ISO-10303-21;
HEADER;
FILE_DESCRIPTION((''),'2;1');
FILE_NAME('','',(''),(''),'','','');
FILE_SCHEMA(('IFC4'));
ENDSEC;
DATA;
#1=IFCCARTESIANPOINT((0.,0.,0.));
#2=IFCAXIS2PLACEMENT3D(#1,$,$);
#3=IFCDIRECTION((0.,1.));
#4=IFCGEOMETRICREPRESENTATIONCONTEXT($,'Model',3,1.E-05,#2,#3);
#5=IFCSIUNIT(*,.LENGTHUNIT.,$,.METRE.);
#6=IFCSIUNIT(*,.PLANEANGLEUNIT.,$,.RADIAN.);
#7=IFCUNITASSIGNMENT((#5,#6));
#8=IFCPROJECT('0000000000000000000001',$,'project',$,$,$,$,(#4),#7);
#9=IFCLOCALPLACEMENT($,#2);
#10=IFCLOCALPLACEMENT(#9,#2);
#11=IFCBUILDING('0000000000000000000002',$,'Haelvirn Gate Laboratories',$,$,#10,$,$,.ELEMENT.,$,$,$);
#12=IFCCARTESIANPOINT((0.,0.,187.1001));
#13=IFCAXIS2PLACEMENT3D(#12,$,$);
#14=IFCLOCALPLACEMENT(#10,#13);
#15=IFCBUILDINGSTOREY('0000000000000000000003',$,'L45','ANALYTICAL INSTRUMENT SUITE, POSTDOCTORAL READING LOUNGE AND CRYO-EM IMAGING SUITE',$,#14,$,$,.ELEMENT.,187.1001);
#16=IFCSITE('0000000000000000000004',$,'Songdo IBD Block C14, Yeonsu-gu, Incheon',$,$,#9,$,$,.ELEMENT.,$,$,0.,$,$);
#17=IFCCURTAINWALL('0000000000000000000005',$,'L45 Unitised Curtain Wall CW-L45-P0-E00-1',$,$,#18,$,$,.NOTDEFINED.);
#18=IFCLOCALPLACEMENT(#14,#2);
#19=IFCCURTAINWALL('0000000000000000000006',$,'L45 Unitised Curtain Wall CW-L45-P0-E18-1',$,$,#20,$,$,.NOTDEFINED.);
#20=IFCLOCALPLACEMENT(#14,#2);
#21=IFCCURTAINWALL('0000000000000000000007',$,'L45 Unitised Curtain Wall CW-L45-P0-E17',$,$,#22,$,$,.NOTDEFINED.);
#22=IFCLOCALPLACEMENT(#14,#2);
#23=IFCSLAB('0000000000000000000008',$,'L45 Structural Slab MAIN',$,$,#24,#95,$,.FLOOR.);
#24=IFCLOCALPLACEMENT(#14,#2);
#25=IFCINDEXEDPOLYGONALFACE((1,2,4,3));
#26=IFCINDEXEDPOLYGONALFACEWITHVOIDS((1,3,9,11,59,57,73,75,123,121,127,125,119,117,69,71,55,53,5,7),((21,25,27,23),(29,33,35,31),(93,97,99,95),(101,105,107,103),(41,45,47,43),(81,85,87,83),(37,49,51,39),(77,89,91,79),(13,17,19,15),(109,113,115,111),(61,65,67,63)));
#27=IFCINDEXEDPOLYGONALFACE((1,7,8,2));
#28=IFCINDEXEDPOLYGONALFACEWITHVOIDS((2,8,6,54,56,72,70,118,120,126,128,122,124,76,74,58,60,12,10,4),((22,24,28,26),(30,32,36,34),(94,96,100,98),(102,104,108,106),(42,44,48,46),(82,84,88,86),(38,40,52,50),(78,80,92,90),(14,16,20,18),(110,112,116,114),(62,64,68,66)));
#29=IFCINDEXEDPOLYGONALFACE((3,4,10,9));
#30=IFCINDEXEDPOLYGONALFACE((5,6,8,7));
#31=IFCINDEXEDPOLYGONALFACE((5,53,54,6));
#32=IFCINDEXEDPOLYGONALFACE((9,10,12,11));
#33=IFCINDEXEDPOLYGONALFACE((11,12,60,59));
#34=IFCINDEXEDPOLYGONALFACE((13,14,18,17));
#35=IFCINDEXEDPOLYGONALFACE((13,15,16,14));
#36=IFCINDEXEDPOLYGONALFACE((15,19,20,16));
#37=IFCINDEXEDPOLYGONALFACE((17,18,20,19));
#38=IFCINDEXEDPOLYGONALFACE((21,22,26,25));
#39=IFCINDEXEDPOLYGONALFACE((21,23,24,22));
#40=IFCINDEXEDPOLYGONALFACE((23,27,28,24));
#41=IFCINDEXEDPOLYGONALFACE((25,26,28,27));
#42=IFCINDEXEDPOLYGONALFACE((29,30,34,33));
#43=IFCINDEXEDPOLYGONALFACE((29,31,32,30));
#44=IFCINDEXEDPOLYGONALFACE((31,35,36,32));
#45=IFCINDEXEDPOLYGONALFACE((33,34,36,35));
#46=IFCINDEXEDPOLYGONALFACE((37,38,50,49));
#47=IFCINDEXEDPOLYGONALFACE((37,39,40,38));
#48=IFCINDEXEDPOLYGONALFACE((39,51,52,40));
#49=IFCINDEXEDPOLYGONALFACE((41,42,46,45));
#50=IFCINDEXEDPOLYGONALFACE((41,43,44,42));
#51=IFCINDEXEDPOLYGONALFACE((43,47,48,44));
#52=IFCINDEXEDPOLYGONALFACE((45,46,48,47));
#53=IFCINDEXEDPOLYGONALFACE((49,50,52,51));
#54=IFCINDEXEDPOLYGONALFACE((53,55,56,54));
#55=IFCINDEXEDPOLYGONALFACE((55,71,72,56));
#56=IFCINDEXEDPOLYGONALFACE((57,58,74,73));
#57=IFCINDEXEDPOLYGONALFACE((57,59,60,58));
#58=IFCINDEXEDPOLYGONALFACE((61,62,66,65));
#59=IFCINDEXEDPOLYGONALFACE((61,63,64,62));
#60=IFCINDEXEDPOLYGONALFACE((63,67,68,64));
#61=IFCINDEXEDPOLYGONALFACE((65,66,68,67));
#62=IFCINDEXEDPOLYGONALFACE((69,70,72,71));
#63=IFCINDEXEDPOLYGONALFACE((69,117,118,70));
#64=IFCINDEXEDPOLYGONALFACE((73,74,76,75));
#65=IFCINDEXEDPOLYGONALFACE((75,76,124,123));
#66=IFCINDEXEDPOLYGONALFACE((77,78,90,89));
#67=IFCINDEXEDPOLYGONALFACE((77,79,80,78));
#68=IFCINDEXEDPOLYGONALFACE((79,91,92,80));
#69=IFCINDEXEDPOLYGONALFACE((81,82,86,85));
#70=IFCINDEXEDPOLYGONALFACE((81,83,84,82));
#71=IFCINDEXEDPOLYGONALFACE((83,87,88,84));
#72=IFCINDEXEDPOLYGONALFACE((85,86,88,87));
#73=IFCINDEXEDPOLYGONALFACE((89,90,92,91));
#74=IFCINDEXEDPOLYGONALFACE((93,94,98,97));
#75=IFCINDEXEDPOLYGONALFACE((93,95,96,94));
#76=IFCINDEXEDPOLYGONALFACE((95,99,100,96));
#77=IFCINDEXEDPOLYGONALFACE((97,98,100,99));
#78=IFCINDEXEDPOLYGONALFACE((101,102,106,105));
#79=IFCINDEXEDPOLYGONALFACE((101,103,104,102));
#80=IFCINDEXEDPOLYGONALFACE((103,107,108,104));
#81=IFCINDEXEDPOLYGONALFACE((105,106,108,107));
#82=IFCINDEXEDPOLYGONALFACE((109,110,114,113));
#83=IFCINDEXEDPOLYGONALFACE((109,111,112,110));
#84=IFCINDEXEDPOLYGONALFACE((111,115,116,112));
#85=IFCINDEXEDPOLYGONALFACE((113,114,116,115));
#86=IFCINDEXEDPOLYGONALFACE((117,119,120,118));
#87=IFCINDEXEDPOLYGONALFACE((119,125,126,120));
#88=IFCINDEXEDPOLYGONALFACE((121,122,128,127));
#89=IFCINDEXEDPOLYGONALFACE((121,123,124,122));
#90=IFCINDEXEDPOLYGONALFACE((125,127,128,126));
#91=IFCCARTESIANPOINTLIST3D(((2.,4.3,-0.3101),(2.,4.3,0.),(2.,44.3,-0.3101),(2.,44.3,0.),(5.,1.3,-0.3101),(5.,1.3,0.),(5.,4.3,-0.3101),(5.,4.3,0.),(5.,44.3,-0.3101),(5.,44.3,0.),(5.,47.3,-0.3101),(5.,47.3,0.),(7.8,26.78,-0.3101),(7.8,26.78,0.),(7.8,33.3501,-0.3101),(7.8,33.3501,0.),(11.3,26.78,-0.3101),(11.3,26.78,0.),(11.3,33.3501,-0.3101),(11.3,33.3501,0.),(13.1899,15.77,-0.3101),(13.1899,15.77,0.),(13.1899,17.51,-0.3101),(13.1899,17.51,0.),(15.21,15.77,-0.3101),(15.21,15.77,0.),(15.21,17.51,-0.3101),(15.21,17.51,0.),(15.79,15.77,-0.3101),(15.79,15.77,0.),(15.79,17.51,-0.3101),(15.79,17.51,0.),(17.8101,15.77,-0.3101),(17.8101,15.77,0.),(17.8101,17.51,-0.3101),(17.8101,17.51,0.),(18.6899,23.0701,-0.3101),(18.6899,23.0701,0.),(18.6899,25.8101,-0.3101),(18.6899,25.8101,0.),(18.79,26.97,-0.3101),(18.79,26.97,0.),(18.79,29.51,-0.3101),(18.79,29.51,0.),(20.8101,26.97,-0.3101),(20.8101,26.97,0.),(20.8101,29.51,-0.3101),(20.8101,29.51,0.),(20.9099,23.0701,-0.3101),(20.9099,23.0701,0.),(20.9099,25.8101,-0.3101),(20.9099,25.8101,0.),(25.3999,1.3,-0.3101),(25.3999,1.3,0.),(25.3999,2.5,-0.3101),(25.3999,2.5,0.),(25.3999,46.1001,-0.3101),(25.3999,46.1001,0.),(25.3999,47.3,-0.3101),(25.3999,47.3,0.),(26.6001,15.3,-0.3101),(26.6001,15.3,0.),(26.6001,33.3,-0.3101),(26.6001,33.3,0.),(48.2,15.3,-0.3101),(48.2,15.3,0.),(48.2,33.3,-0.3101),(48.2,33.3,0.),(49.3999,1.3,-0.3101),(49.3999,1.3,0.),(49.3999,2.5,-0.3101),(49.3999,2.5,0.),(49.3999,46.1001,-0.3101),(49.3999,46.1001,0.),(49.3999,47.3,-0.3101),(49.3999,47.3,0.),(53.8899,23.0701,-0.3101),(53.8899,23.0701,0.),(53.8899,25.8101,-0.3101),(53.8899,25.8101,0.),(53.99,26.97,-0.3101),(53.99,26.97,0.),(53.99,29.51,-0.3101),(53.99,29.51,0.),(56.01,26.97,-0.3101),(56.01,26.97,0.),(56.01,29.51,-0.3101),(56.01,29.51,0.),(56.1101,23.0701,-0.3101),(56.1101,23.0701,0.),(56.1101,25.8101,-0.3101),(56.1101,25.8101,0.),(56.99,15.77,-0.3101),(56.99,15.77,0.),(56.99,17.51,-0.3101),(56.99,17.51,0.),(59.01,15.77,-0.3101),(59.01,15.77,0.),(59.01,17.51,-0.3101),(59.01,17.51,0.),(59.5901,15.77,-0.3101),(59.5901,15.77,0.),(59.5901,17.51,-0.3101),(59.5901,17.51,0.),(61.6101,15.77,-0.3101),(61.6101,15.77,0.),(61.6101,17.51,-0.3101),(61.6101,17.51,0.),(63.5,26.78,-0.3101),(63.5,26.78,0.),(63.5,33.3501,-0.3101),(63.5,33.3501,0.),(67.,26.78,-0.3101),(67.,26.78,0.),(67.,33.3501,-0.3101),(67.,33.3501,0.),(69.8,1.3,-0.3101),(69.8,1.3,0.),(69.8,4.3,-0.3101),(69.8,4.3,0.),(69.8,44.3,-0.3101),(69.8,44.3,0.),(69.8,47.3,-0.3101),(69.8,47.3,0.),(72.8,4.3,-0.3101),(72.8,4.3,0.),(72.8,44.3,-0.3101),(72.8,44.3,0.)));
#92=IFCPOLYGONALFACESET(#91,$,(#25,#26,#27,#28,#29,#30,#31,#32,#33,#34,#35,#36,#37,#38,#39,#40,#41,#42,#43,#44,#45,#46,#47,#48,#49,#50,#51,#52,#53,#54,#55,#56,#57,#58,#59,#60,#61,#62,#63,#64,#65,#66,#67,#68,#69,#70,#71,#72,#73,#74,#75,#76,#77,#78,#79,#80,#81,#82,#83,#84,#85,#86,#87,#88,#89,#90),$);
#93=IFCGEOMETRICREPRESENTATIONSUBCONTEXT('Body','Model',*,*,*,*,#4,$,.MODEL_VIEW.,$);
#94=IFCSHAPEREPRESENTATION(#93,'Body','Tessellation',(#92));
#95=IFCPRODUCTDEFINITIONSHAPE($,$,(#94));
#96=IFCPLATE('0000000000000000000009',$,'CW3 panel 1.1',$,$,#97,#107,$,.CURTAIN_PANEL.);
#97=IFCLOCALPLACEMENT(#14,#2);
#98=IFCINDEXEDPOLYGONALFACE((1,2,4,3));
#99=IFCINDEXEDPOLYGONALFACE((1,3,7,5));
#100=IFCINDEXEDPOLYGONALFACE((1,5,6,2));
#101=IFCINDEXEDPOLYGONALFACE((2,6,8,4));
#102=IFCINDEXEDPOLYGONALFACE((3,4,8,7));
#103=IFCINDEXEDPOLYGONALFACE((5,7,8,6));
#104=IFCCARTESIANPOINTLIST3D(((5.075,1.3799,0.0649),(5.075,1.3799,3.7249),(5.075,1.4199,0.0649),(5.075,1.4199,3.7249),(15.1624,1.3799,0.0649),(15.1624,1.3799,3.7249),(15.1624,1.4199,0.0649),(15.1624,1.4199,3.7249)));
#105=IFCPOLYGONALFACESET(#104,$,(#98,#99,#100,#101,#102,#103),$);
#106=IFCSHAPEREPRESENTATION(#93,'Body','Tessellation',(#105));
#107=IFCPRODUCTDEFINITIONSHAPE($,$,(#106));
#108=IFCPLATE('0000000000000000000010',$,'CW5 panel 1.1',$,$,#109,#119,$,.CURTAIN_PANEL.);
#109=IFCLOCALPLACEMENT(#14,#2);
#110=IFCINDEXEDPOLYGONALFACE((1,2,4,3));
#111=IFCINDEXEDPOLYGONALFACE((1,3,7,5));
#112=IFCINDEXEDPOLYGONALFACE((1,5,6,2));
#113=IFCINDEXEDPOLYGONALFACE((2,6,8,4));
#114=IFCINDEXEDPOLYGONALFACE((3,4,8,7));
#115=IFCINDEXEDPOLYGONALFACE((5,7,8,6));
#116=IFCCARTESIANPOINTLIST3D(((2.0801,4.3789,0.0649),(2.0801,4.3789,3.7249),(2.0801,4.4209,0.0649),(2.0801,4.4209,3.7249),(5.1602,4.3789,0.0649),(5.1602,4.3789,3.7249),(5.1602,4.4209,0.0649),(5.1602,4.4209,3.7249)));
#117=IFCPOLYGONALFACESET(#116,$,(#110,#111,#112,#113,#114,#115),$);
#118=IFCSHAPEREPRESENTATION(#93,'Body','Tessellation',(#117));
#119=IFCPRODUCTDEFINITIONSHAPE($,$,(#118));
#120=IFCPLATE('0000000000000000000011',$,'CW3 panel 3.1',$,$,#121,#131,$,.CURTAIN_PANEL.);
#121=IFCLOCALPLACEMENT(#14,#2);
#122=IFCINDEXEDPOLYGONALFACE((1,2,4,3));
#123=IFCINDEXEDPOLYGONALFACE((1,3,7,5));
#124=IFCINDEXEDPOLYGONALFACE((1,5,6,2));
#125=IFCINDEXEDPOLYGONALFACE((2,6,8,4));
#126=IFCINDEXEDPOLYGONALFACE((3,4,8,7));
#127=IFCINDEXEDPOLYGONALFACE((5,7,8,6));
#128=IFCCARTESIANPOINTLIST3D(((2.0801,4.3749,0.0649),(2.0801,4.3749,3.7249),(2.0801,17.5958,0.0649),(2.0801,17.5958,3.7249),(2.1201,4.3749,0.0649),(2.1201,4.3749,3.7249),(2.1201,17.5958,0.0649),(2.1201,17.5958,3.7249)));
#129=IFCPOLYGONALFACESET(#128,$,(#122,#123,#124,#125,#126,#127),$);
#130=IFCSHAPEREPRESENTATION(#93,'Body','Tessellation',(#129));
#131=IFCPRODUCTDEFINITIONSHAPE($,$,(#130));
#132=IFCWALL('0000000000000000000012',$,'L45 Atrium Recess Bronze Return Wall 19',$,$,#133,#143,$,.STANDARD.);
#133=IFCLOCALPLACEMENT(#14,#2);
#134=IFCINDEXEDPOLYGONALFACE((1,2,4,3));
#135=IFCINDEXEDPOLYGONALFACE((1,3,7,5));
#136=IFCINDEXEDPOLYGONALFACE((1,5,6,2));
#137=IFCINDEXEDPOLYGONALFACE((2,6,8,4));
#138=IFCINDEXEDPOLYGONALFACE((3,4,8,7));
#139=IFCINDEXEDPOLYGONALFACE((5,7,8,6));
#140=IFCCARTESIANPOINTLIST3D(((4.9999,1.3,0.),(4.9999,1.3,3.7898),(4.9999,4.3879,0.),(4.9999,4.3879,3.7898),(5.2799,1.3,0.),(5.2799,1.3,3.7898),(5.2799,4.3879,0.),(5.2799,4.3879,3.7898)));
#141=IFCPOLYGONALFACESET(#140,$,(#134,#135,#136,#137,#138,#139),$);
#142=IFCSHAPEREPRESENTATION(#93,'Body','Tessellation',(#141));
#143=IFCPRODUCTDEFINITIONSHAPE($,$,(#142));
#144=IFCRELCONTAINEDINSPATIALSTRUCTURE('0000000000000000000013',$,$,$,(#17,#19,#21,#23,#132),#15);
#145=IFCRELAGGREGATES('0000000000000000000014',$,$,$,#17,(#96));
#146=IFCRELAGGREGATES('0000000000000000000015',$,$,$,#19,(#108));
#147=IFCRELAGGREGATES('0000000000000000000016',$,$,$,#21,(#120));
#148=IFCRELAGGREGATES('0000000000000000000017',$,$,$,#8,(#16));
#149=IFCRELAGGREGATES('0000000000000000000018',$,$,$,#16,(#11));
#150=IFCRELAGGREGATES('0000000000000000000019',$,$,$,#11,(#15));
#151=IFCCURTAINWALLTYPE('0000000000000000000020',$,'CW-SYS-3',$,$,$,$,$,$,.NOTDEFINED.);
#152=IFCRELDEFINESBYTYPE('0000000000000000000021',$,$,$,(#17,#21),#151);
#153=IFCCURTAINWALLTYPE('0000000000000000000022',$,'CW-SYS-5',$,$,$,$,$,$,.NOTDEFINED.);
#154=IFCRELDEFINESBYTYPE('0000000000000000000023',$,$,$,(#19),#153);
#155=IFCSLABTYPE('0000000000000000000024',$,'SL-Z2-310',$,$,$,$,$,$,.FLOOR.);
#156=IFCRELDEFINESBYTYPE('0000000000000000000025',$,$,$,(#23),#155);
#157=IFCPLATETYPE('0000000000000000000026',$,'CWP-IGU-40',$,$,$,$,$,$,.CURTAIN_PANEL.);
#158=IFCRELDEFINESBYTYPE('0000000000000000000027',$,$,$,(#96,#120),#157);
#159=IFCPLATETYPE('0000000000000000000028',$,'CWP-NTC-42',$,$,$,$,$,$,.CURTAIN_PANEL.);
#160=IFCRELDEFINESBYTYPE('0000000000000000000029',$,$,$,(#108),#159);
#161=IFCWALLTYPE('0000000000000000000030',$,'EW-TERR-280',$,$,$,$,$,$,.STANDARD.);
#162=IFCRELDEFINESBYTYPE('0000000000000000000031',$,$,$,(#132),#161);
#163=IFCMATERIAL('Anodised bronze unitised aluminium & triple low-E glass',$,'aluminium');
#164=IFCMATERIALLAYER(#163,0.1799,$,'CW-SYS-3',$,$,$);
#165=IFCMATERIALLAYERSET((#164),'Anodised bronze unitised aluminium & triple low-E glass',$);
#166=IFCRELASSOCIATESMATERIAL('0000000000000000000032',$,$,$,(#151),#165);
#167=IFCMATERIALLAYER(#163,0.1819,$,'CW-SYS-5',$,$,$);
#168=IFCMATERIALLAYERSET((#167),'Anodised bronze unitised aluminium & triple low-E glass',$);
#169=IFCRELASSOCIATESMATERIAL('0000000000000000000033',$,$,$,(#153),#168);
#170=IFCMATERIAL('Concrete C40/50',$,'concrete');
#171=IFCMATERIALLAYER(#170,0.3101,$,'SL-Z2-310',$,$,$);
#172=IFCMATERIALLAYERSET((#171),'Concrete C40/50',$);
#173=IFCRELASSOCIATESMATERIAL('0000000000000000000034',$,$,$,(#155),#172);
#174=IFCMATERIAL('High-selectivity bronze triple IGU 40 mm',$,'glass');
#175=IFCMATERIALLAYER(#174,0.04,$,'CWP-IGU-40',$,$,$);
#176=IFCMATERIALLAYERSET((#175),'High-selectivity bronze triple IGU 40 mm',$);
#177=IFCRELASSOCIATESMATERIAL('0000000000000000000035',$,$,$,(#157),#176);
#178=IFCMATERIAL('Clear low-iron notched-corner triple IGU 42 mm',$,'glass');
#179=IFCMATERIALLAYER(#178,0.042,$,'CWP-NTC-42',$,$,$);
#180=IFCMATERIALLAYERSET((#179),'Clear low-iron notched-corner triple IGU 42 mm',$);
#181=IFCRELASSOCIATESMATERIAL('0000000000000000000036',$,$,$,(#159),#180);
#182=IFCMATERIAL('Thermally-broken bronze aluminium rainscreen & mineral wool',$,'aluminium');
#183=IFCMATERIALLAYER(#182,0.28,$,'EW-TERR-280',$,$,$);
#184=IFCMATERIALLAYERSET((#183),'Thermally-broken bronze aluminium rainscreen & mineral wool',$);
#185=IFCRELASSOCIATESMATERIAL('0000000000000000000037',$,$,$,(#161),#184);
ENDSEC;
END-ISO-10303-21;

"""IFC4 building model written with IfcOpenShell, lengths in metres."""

from ifc_helpers import new_model, si_unit, direction, frame, frame_2d, origin, origin_2d, place, context, subcontext, project, spatial, polyline, rectangle, outline, extrude, source, transform, mapped, material, layer, layer_set, type_object, type_shapes, element, aggregate, save


model = new_model("IFC4")

# Units and contexts
model_context = context("Model", 3, precision=1e-05, world=origin(), true_north=direction((0.0, 1.0)))
body_context = subcontext(model_context, "Body", "Model", "MODEL_VIEW")
ifc_project = project(units=[si_unit("LENGTHUNIT", "METRE"), si_unit("PLANEANGLEUNIT", "RADIAN")], contexts=[model_context])

# Site, building, storey
site_placement = place(None, origin())
site = spatial("IfcSite", under=ifc_project, at=site_placement, Name="Songdo IBD Block C14, Yeonsu-gu, Incheon", CompositionType="ELEMENT", RefElevation=0.0)
building_placement = place(site_placement, origin())
building = spatial("IfcBuilding", under=site, at=building_placement, Name="Haelvirn Gate Laboratories", CompositionType="ELEMENT")
storey_placement = place(building_placement, frame((0.0, 0.0, 187.1001)))
storey = spatial("IfcBuildingStorey", under=building, at=storey_placement, Name="L45", Description="ANALYTICAL INSTRUMENT SUITE, POSTDOCTORAL READING LOUNGE AND CRYO-EM IMAGING SUITE", CompositionType="ELEMENT", Elevation=187.1001)

# Curtain walls
ifc_material_1 = material(Name="Anodised bronze unitised aluminium & triple low-E glass", Category="aluminium")
ifc_layer_1 = layer(ifc_material_1, 0.1799, Name="CW-SYS-3")
ifc_layer_set_1 = layer_set([ifc_layer_1], Name="Anodised bronze unitised aluminium & triple low-E glass")
curtain_wall_type_1 = type_object("IfcCurtainWallType", Name="CW-SYS-3", PredefinedType="NOTDEFINED", material=ifc_layer_set_1)
curtain_wall_1_placement = place(storey_placement, origin())
curtain_wall_1 = element("IfcCurtainWall", 1, at=curtain_wall_1_placement, inside=storey, type_object=curtain_wall_type_1, Name="L45 Unitised Curtain Wall CW-L45-P0-E00-1", PredefinedType="NOTDEFINED")
ifc_layer_2 = layer(ifc_material_1, 0.1819, Name="CW-SYS-5")
ifc_layer_set_2 = layer_set([ifc_layer_2], Name="Anodised bronze unitised aluminium & triple low-E glass")
curtain_wall_type_2 = type_object("IfcCurtainWallType", Name="CW-SYS-5", PredefinedType="NOTDEFINED", material=ifc_layer_set_2)
curtain_wall_2_placement = place(storey_placement, origin())
curtain_wall_2 = element("IfcCurtainWall", 2, at=curtain_wall_2_placement, inside=storey, type_object=curtain_wall_type_2, Name="L45 Unitised Curtain Wall CW-L45-P0-E18-1", PredefinedType="NOTDEFINED")

# Curtain wall
curtain_wall_3_placement = place(storey_placement, origin())
curtain_wall_3 = element("IfcCurtainWall", 3, at=curtain_wall_3_placement, inside=storey, type_object=curtain_wall_type_1, Name="L45 Unitised Curtain Wall CW-L45-P0-E17", PredefinedType="NOTDEFINED")

# Shared definitions
ifc_material_2 = material(Name="Concrete C40/50", Category="concrete")

# Slab
ifc_layer_3 = layer(ifc_material_2, 0.3101, Name="SL-Z2-310")
ifc_layer_set_3 = layer_set([ifc_layer_3], Name="Concrete C40/50")
slab_type_1 = type_object("IfcSlabType", Name="SL-Z2-310", PredefinedType="FLOOR", material=ifc_layer_set_3)
slab_1_placement = place(storey_placement, frame((0.0, 0.0, -0.3101)))
element("IfcSlab", 4, at=slab_1_placement, inside=storey, type_object=slab_type_1, Name="L45 Structural Slab MAIN", PredefinedType="FLOOR", context=body_context, shape_type="SweptSolid", body=[
    extrude(outline(polyline([(5.0, 1.3), (25.3999, 1.3), (25.3999, 2.5), (49.3999, 2.5), (49.3999, 1.3), (69.8, 1.3), (69.8, 4.3), (72.8, 4.3), (72.8, 44.3), (69.8, 44.3), (69.8, 47.3), (49.3999, 47.3), (49.3999, 46.1001), (25.3999, 46.1001), (25.3999, 47.3), (5.0, 47.3), (5.0, 44.3), (2.0, 44.3), (2.0, 4.3), (5.0, 4.3), (5.0, 1.3)]), holes=[polyline([(26.6001, 15.3), (48.2, 15.3), (48.2, 33.3), (26.6001, 33.3), (26.6001, 15.3)]), polyline([(11.3, 26.78), (11.3, 33.3501), (7.8, 33.3501), (7.8, 26.78), (11.3, 26.78)]), polyline([(67.0, 26.78), (67.0, 33.3501), (63.5, 33.3501), (63.5, 26.78), (67.0, 26.78)]), polyline([(13.1899, 15.77), (15.21, 15.77), (15.21, 17.51), (13.1899, 17.51), (13.1899, 15.77)]), polyline([(15.79, 15.77), (17.8101, 15.77), (17.8101, 17.51), (15.79, 17.51), (15.79, 15.77)]), polyline([(18.79, 26.97), (20.8101, 26.97), (20.8101, 29.51), (18.79, 29.51), (18.79, 26.97)]), polyline([(18.6899, 23.0701), (20.9099, 23.0701), (20.9099, 25.8101), (18.6899, 25.8101), (18.6899, 23.0701)]), polyline([(59.5901, 15.77), (61.6101, 15.77), (61.6101, 17.51), (59.5901, 17.51), (59.5901, 15.77)]), polyline([(56.99, 15.77), (59.01, 15.77), (59.01, 17.51), (56.99, 17.51), (56.99, 15.77)]), polyline([(53.99, 26.97), (56.01, 26.97), (56.01, 29.51), (53.99, 29.51), (53.99, 26.97)]), polyline([(53.8899, 23.0701), (56.1101, 23.0701), (56.1101, 25.8101), (53.8899, 25.8101), (53.8899, 23.0701)])]), origin(), (0.0, 0.0, 1.0), 0.3101),
])

# Plates
ifc_material_3 = material(Name="High-selectivity bronze triple IGU 40 mm", Category="glass")
ifc_layer_4 = layer(ifc_material_3, 0.04, Name="CWP-IGU-40")
ifc_layer_set_4 = layer_set([ifc_layer_4], Name="High-selectivity bronze triple IGU 40 mm")
plate_type_1 = type_object("IfcPlateType", Name="CWP-IGU-40", PredefinedType="CURTAIN_PANEL", material=ifc_layer_set_4)
shared_shape_1 = source(origin(), body_context, "Body", "SweptSolid", [
    extrude(rectangle(XDim=10.0874, YDim=0.04, at=origin_2d()), origin(), (0.0, 0.0, 1.0), 3.6599),
])
plate_1_placement = place(storey_placement, frame((10.1187, 1.3999, 0.0649), z_axis=(0.0, 0.0, 1.0), x_axis=(1.0, 0.0, 0.0)))
plate_1 = element("IfcPlate", 5, at=plate_1_placement, type_object=plate_type_1, Name="CW3 panel 1.1", PredefinedType="CURTAIN_PANEL", context=body_context, shape_type="MappedRepresentation", body=[
    mapped(shared_shape_1, transform((0.0, 0.0, 0.0), scale=1.0)),
])
aggregate(curtain_wall_1, [plate_1])
ifc_material_4 = material(Name="Clear low-iron notched-corner triple IGU 42 mm", Category="glass")
ifc_layer_5 = layer(ifc_material_4, 0.042, Name="CWP-NTC-42")
ifc_layer_set_5 = layer_set([ifc_layer_5], Name="Clear low-iron notched-corner triple IGU 42 mm")
plate_type_2 = type_object("IfcPlateType", Name="CWP-NTC-42", PredefinedType="CURTAIN_PANEL", material=ifc_layer_set_5)
shared_shape_2 = source(origin(), body_context, "Body", "SweptSolid", [
    extrude(rectangle(XDim=3.0801, YDim=0.042, at=origin_2d()), origin(), (0.0, 0.0, 1.0), 3.6599),
])
type_shapes(plate_type_2, [shared_shape_2])
plate_2_placement = place(storey_placement, frame((3.6201, 4.3999, 0.0649), z_axis=(0.0, 0.0, 1.0), x_axis=(1.0, 0.0, 0.0)))
plate_2 = element("IfcPlate", 6, at=plate_2_placement, type_object=plate_type_2, Name="CW5 panel 1.1", PredefinedType="CURTAIN_PANEL", context=body_context, shape_type="MappedRepresentation", body=[
    mapped(shared_shape_2, transform((0.0, 0.0, 0.0), scale=1.0)),
])
aggregate(curtain_wall_2, [plate_2])
shared_shape_3 = source(origin(), body_context, "Body", "SweptSolid", [
    extrude(rectangle(XDim=13.2209, YDim=0.04, at=origin_2d()), origin(), (0.0, 0.0, 1.0), 3.6599),
])
type_shapes(plate_type_1, [shared_shape_1, shared_shape_3])
plate_3_placement = place(storey_placement, frame((2.1001, 10.9854, 0.0649), z_axis=(0.0, 0.0, 1.0), x_axis=(0.0, -1.0, 0.0)))
plate_3 = element("IfcPlate", 7, at=plate_3_placement, type_object=plate_type_1, Name="CW3 panel 3.1", PredefinedType="CURTAIN_PANEL", context=body_context, shape_type="MappedRepresentation", body=[
    mapped(shared_shape_3, transform((0.0, 0.0, 0.0), scale=1.0)),
])
aggregate(curtain_wall_3, [plate_3])

# Wall
ifc_material_5 = material(Name="Thermally-broken bronze aluminium rainscreen & mineral wool", Category="aluminium")
ifc_layer_6 = layer(ifc_material_5, 0.28, Name="EW-TERR-280")
ifc_layer_set_6 = layer_set([ifc_layer_6], Name="Thermally-broken bronze aluminium rainscreen & mineral wool")
wall_type = type_object("IfcWallType", Name="EW-TERR-280", PredefinedType="STANDARD", material=ifc_layer_set_6)
wall_placement = place(storey_placement, frame((5.1399, 4.3879, 0.0), z_axis=(0.0, 0.0, 1.0), x_axis=(0.0, -1.0, 0.0)))
element("IfcWall", 8, at=wall_placement, inside=storey, type_object=wall_type, Name="L45 Atrium Recess Bronze Return Wall 19", PredefinedType="STANDARD", context=body_context, shape_type="SweptSolid", body=[
    extrude(rectangle(XDim=3.0879, YDim=0.28, at=frame_2d((1.5439, 0.0))), origin(), (0.0, 0.0, 1.0), 3.7898),
])

save(model, "model.ifc")
